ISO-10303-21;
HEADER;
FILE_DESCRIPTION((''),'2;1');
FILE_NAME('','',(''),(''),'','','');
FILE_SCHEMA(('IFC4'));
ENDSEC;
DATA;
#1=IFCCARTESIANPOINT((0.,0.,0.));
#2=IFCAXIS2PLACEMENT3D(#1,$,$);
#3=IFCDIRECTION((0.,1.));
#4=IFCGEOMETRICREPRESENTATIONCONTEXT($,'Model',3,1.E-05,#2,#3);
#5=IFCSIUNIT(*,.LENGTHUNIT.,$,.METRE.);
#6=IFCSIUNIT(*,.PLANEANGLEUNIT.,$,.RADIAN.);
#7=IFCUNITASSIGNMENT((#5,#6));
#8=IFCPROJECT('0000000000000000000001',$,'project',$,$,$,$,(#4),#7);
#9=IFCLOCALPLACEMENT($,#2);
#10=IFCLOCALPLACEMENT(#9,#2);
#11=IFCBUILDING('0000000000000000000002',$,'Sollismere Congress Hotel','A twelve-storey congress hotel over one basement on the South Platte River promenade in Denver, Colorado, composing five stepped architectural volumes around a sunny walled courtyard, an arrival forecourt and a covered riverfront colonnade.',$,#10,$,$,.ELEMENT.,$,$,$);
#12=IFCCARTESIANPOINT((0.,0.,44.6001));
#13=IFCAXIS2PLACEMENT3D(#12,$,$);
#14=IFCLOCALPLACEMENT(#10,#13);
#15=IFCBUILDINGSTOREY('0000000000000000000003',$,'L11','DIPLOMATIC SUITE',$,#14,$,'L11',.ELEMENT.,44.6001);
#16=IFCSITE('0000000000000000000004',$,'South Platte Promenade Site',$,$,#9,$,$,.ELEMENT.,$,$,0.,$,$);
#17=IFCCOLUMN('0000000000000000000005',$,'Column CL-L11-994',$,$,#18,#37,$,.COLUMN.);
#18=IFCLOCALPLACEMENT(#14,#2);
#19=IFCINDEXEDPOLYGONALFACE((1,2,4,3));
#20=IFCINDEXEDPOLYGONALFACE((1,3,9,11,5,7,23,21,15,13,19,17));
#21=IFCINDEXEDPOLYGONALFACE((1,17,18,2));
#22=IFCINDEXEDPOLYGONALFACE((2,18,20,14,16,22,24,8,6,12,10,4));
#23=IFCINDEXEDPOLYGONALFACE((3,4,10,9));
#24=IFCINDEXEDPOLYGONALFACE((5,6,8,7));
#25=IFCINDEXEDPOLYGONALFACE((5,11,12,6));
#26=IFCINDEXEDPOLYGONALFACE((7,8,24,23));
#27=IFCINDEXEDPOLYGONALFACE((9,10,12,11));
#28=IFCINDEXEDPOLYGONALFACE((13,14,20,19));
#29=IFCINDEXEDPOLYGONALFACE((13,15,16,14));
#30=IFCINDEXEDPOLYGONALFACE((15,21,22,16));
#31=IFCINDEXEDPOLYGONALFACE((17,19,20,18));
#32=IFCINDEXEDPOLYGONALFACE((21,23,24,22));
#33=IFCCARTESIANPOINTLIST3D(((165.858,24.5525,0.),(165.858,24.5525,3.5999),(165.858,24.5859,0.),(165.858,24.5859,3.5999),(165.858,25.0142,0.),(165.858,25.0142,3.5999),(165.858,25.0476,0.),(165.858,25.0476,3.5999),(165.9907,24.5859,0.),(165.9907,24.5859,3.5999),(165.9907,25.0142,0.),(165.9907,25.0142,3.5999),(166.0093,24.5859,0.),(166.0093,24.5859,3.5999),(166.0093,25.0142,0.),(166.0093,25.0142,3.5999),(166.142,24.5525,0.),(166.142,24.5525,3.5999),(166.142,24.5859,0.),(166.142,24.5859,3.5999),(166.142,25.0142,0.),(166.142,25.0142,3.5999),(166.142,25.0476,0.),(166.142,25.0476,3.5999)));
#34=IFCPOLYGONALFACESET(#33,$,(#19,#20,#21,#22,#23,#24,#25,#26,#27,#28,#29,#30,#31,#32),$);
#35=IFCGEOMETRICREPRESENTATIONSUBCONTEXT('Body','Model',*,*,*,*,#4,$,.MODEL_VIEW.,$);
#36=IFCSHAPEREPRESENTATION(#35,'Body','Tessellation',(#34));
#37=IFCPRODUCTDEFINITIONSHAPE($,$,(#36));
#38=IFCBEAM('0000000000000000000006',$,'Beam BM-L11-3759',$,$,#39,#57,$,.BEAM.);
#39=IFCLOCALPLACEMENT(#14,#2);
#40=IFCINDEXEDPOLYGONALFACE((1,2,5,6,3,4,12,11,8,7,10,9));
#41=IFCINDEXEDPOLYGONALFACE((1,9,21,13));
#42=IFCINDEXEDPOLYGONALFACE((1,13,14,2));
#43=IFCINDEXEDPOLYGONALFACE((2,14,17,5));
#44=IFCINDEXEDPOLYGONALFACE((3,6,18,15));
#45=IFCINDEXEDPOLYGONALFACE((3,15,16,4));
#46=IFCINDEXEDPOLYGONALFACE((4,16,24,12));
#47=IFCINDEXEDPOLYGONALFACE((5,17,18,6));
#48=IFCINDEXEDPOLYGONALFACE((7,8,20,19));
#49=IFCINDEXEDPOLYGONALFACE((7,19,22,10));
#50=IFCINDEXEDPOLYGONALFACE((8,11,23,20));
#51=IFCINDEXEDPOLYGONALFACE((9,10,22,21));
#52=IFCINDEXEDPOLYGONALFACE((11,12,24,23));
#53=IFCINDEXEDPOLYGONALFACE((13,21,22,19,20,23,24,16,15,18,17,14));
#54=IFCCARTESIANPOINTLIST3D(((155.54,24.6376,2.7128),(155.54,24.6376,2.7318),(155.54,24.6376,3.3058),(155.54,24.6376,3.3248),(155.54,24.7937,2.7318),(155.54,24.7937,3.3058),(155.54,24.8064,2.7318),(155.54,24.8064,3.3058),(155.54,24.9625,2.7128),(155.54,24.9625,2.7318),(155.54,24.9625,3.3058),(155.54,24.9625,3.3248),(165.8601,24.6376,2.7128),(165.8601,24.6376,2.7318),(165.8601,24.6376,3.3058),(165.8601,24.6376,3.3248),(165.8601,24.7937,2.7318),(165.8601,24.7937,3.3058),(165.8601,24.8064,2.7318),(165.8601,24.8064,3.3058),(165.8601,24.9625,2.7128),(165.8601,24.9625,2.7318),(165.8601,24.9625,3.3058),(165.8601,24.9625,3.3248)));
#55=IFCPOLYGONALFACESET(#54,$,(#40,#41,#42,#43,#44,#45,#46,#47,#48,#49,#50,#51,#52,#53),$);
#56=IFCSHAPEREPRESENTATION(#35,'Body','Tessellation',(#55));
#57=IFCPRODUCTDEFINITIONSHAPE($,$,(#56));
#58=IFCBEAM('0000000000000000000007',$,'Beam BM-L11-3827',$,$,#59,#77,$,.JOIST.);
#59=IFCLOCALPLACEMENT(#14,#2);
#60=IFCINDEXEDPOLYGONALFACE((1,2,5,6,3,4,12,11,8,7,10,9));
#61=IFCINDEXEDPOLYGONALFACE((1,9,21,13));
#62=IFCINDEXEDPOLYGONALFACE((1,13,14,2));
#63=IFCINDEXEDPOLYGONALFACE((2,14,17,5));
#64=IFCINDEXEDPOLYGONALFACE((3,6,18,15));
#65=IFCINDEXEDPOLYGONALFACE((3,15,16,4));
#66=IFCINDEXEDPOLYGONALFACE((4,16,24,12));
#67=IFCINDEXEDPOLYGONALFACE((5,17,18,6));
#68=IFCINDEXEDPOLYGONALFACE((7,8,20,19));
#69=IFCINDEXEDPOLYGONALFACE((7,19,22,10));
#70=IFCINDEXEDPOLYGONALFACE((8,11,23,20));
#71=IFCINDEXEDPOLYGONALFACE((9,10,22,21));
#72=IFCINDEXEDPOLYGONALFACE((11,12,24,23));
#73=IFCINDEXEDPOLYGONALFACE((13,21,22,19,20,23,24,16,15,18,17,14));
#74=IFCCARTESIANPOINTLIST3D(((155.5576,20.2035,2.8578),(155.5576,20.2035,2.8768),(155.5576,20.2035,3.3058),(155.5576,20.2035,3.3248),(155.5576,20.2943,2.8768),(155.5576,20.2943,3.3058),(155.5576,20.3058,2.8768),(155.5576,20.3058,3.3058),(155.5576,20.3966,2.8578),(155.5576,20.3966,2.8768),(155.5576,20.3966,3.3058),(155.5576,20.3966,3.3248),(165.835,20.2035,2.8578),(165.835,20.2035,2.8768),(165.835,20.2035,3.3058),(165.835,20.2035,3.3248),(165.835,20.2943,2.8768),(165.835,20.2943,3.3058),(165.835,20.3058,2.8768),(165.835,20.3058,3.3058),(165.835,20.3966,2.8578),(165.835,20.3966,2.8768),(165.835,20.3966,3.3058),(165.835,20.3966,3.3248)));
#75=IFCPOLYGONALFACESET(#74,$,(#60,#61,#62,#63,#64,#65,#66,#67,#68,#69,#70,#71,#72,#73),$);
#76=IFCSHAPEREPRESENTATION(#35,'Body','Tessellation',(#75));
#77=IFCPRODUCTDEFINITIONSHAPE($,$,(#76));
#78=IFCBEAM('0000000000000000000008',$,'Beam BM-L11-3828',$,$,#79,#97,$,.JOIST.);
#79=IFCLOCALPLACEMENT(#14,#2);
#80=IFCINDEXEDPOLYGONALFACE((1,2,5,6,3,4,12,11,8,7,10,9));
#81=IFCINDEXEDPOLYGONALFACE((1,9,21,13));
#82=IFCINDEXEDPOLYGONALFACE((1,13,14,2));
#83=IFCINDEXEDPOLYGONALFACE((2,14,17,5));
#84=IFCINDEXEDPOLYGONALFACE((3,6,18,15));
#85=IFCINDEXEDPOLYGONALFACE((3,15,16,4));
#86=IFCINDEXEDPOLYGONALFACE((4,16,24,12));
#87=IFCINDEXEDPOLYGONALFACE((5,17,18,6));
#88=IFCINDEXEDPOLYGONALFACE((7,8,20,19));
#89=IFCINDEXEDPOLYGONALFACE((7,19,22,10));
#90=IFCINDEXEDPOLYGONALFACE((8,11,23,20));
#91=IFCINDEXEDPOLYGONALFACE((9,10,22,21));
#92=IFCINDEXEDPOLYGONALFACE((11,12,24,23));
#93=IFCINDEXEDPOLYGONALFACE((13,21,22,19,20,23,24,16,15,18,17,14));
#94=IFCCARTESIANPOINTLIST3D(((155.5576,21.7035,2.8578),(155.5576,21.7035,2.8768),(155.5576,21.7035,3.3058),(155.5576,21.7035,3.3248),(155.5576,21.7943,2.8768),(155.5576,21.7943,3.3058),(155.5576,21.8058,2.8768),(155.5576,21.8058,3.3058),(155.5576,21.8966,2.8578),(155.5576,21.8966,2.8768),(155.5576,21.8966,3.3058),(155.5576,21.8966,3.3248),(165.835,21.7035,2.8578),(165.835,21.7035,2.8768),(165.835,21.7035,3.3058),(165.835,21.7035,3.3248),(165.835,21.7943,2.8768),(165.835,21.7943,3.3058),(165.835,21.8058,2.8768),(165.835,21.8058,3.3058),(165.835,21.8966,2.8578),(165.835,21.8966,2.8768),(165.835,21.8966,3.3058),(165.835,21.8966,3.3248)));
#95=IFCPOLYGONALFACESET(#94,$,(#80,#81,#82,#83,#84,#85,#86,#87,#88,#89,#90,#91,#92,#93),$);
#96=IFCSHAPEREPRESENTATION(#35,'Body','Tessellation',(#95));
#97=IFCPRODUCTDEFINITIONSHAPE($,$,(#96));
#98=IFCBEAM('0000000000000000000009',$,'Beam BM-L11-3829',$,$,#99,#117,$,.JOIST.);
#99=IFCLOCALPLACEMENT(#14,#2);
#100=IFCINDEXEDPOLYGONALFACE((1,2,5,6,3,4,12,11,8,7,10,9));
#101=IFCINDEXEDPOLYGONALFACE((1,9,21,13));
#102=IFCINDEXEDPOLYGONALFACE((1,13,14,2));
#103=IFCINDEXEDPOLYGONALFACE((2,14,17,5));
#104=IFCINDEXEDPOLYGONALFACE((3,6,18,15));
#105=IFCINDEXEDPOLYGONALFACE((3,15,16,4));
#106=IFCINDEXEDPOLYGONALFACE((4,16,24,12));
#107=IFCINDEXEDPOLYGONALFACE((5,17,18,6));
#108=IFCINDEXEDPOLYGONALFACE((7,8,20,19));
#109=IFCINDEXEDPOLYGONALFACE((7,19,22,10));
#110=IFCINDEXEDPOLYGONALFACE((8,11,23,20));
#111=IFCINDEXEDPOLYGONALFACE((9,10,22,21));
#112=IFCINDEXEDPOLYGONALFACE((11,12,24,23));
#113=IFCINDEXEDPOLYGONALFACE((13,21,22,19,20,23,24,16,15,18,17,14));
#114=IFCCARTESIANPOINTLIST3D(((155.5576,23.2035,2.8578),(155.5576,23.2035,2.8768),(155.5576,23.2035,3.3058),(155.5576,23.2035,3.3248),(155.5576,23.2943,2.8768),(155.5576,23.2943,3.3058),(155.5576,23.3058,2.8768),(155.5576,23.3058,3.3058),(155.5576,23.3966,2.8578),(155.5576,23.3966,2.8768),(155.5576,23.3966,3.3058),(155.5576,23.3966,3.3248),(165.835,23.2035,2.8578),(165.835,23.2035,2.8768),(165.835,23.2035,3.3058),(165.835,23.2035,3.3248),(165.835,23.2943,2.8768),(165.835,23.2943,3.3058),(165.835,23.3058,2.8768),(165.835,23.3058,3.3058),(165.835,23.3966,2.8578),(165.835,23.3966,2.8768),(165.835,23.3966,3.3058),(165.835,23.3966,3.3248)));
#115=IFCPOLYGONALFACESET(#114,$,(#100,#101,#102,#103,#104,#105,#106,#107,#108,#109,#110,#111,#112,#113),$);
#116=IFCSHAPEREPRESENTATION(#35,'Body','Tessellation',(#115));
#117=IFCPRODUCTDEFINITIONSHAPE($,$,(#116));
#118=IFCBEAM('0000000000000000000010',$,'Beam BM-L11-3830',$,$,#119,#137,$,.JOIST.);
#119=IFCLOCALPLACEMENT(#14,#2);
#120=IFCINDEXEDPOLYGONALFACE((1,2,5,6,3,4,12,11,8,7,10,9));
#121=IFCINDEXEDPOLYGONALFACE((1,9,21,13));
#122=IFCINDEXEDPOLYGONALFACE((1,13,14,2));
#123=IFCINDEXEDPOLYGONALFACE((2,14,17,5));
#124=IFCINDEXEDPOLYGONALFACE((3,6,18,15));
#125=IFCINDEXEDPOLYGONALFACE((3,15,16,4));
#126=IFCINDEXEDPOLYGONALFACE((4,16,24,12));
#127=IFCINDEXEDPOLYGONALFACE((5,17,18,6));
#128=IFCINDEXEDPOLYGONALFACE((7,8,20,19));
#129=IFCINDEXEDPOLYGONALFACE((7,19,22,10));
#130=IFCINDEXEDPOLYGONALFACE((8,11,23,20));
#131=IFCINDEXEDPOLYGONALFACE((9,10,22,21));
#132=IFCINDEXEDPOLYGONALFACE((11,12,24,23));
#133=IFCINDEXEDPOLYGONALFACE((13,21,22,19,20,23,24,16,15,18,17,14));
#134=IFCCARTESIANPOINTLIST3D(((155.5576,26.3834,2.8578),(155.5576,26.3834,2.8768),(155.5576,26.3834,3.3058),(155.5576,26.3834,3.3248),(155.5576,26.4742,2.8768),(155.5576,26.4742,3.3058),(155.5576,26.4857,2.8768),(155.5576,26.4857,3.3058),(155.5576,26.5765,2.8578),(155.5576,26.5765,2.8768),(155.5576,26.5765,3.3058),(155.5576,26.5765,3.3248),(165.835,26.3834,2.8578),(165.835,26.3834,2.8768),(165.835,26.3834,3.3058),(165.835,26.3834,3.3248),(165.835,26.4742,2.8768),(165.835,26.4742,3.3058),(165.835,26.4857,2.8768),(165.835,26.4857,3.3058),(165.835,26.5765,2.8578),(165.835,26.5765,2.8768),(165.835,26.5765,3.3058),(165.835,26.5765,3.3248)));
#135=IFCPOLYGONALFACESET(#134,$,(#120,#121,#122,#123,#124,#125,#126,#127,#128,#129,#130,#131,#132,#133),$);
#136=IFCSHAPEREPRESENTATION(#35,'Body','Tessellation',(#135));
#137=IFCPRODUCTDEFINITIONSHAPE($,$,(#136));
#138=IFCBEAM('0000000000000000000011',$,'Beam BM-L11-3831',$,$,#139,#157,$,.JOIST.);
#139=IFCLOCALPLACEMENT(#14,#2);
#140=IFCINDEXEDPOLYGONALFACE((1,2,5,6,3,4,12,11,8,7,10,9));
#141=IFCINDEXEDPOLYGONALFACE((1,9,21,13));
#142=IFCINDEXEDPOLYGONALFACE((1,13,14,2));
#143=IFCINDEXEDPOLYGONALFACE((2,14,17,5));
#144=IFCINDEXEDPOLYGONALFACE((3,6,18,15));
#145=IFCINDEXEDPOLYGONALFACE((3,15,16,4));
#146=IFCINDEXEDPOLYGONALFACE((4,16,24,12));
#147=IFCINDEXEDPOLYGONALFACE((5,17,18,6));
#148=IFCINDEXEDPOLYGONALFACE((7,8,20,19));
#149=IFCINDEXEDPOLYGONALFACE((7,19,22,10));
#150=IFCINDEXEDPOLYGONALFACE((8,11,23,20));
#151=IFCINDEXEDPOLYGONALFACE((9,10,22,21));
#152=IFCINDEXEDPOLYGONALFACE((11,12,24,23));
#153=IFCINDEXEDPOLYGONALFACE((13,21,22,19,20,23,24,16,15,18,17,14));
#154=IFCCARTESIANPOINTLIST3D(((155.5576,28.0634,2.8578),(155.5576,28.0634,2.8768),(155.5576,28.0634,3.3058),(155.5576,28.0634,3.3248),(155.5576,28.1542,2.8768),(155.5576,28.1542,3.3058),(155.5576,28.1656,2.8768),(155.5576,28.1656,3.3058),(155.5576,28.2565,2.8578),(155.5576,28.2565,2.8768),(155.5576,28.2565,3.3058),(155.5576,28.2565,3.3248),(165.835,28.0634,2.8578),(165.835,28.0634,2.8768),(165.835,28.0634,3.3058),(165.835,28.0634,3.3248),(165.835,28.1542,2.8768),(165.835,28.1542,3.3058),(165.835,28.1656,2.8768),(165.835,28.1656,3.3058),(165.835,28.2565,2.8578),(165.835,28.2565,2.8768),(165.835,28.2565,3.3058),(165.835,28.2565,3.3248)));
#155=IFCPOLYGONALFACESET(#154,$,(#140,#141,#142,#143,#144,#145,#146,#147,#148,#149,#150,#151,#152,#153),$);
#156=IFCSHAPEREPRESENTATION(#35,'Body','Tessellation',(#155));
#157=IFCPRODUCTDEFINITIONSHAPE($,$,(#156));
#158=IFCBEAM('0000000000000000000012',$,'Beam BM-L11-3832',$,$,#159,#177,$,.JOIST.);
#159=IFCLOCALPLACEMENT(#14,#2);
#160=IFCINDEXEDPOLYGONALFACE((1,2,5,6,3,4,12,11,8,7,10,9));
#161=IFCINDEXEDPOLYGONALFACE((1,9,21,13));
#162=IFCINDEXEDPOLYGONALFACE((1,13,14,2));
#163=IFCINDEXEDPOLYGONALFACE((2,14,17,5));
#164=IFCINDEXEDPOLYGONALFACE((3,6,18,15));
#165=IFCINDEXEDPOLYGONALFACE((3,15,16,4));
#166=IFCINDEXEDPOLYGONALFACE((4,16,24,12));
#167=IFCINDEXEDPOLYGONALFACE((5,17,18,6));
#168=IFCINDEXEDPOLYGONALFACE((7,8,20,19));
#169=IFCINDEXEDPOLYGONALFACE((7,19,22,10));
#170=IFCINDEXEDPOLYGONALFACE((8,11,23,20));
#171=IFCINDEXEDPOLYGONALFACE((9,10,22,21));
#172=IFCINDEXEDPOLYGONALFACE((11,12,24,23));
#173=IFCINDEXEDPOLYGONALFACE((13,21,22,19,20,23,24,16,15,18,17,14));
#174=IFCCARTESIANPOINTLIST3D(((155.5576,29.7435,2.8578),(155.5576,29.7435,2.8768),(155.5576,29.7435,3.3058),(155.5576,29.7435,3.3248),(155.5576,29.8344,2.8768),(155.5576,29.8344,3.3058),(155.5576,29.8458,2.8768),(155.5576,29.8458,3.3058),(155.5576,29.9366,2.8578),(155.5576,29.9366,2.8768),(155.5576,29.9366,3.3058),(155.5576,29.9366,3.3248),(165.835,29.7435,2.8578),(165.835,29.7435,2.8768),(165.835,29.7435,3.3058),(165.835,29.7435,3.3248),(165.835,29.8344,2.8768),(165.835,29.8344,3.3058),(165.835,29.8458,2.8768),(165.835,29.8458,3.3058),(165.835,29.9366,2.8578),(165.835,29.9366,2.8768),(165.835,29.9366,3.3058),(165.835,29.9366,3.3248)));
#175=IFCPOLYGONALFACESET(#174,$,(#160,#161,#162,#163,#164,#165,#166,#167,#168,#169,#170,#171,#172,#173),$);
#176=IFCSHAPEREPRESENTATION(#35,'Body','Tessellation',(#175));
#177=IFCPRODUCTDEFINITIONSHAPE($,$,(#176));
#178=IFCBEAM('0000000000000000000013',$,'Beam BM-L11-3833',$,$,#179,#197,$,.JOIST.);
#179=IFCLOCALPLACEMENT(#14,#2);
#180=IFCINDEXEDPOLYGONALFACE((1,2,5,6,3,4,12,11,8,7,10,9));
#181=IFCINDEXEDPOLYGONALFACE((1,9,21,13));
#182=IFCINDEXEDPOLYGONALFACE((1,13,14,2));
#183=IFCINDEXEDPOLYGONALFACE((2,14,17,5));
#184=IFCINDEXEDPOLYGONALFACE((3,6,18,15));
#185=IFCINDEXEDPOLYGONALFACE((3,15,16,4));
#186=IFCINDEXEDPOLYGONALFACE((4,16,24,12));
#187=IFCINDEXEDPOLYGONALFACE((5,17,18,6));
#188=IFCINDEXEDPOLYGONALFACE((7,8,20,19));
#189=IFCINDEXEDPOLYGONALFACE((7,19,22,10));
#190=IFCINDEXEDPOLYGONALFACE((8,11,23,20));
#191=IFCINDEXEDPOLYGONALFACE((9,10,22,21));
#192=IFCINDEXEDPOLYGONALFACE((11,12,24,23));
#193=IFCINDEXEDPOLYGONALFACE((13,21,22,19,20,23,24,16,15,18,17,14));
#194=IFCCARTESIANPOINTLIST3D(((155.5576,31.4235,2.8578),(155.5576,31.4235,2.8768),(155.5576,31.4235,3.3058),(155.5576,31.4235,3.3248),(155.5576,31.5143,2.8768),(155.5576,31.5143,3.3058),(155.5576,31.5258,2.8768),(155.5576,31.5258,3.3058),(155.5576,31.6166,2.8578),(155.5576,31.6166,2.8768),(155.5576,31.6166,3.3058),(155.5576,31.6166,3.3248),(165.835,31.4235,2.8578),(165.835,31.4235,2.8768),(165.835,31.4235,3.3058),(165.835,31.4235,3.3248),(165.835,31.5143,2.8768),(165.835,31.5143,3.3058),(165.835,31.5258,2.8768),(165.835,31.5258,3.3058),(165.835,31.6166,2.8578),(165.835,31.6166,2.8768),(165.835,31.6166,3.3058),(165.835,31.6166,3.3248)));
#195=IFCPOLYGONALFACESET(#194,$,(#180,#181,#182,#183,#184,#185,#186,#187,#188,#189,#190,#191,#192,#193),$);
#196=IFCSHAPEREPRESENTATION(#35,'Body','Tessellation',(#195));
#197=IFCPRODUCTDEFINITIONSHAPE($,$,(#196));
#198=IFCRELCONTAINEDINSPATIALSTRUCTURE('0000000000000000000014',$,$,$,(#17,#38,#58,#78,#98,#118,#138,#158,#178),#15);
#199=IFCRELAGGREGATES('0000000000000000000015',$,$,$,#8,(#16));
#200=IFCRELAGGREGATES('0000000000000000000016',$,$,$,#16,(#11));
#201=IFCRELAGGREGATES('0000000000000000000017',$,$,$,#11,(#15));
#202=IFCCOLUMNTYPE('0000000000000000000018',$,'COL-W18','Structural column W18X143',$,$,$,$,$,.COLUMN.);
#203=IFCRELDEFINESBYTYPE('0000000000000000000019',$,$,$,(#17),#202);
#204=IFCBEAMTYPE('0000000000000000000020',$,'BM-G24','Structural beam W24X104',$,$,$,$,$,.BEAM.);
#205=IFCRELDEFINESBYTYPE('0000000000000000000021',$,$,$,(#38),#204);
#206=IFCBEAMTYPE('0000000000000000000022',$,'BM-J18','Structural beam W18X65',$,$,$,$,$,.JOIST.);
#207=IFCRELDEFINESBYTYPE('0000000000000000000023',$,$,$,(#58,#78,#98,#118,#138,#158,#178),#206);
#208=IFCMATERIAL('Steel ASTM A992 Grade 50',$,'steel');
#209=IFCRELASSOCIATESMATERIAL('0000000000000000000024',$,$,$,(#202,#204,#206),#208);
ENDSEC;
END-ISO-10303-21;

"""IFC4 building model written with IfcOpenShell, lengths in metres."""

from ifc_helpers import new_model, si_unit, direction, frame, origin, origin_2d, place, context, subcontext, project, spatial, i_section, extrude, material, material_profile, profile_set, type_object, element, save


model = new_model("IFC4")

# Units and contexts
model_context = context("Model", 3, precision=1e-05, world=origin(), true_north=direction((0.0, 1.0)))
body_context = subcontext(model_context, "Body", "Model", "MODEL_VIEW")
ifc_project = project(units=[si_unit("LENGTHUNIT", "METRE"), si_unit("PLANEANGLEUNIT", "RADIAN")], contexts=[model_context])

# Site, building, storey
site_placement = place(None, origin())
site = spatial("IfcSite", under=ifc_project, at=site_placement, Name="South Platte Promenade Site", CompositionType="ELEMENT", RefElevation=0.0)
building_placement = place(site_placement, origin())
building = spatial("IfcBuilding", under=site, at=building_placement, Name="Sollismere Congress Hotel", Description="A twelve-storey congress hotel over one basement on the South Platte River promenade in Denver, Colorado, composing five stepped architectural volumes around a sunny walled courtyard, an arrival forecourt and a covered riverfront colonnade.", CompositionType="ELEMENT")
storey_placement = place(building_placement, frame((0.0, 0.0, 44.6001)))
storey = spatial("IfcBuildingStorey", under=building, at=storey_placement, Name="L11", Description="DIPLOMATIC SUITE", LongName="L11", CompositionType="ELEMENT", Elevation=44.6001)

# Column
ifc_material_1 = material(Name="Steel ASTM A992 Grade 50", Category="steel")
ifc_material_profile_1 = material_profile(ifc_material_1, i_section(OverallWidth=0.2839, OverallDepth=0.4951, WebThickness=0.0186, FlangeThickness=0.0334, at=origin_2d()), Name="W18X143")
ifc_profile_set_1 = profile_set([ifc_material_profile_1], Name="Steel ASTM A992 Grade 50")
column_type = type_object("IfcColumnType", Name="COL-W18", Description="Structural column W18X143", PredefinedType="COLUMN", material=ifc_profile_set_1)
column_placement = place(storey_placement, frame((166.0, 24.8, 0.0), z_axis=(0.0, 0.0, 1.0), x_axis=(1.0, 0.0, 0.0)))
element("IfcColumn", 1, at=column_placement, inside=storey, type_object=column_type, Name="Column CL-L11-994", PredefinedType="COLUMN", context=body_context, shape_type="SweptSolid", body=[
    extrude(i_section(OverallWidth=0.2839, OverallDepth=0.4951, WebThickness=0.0186, FlangeThickness=0.0334, at=origin_2d()), origin(), (0.0, 0.0, 1.0), 3.5999),
])

# Beams
ifc_material_profile_2 = material_profile(ifc_material_1, i_section(OverallWidth=0.325, OverallDepth=0.6121, WebThickness=0.0127, FlangeThickness=0.019, at=origin_2d()), Name="W24X104")
ifc_profile_set_2 = profile_set([ifc_material_profile_2], Name="Steel ASTM A992 Grade 50")
beam_type_1 = type_object("IfcBeamType", Name="BM-G24", Description="Structural beam W24X104", PredefinedType="BEAM", material=ifc_profile_set_2)
beam_1_placement = place(storey_placement, frame((155.54, 24.8, 3.0188), z_axis=(1.0, 0.0, 0.0), x_axis=(0.0, 1.0, 0.0)))
element("IfcBeam", 2, at=beam_1_placement, inside=storey, type_object=beam_type_1, Name="Beam BM-L11-3759", PredefinedType="BEAM", context=body_context, shape_type="SweptSolid", body=[
    extrude(i_section(OverallWidth=0.325, OverallDepth=0.6121, WebThickness=0.0127, FlangeThickness=0.019, at=origin_2d()), origin(), (0.0, 0.0, 1.0), 10.3201),
])
ifc_material_profile_3 = material_profile(ifc_material_1, i_section(OverallWidth=0.1931, OverallDepth=0.467, WebThickness=0.0115, FlangeThickness=0.019, at=origin_2d()), Name="W18X65")
ifc_profile_set_3 = profile_set([ifc_material_profile_3], Name="Steel ASTM A992 Grade 50")
beam_type_2 = type_object("IfcBeamType", Name="BM-J18", Description="Structural beam W18X65", PredefinedType="JOIST", material=ifc_profile_set_3)
for number, where, z_axis, x_axis, name in (
    (3, (155.5576, 20.3, 3.0913), (1.0, 0.0, 0.0), (0.0, 1.0, 0.0), "Beam BM-L11-3827"),
    (4, (155.5576, 21.8, 3.0913), (1.0, 0.0, 0.0), (0.0, 1.0, 0.0), "Beam BM-L11-3828"),
    (5, (155.5576, 23.3, 3.0913), (1.0, 0.0, 0.0), (0.0, 1.0, 0.0), "Beam BM-L11-3829"),
    (6, (155.5576, 26.48, 3.0913), (1.0, 0.0, 0.0), (0.0, 1.0, 0.0), "Beam BM-L11-3830"),
    (7, (155.5576, 28.1599, 3.0913), (1.0, 0.0, 0.0), (0.0, 1.0, 0.0), "Beam BM-L11-3831"),
    (8, (155.5576, 29.8401, 3.0913), (1.0, 0.0, 0.0), (0.0, 1.0, 0.0), "Beam BM-L11-3832"),
    (9, (155.5576, 31.52, 3.0913), (1.0, 0.0, 0.0), (0.0, 1.0, 0.0), "Beam BM-L11-3833"),
):
    element("IfcBeam", number, at=place(storey_placement, frame(where, z_axis=z_axis, x_axis=x_axis)), inside=storey, type_object=beam_type_2, Name=name, PredefinedType="JOIST", context=body_context, shape_type="SweptSolid", body=[
        extrude(i_section(OverallWidth=0.1931, OverallDepth=0.467, WebThickness=0.0115, FlangeThickness=0.019, at=origin_2d()), origin(), (0.0, 0.0, 1.0), 10.2773),
    ])

save(model, "model.ifc")
